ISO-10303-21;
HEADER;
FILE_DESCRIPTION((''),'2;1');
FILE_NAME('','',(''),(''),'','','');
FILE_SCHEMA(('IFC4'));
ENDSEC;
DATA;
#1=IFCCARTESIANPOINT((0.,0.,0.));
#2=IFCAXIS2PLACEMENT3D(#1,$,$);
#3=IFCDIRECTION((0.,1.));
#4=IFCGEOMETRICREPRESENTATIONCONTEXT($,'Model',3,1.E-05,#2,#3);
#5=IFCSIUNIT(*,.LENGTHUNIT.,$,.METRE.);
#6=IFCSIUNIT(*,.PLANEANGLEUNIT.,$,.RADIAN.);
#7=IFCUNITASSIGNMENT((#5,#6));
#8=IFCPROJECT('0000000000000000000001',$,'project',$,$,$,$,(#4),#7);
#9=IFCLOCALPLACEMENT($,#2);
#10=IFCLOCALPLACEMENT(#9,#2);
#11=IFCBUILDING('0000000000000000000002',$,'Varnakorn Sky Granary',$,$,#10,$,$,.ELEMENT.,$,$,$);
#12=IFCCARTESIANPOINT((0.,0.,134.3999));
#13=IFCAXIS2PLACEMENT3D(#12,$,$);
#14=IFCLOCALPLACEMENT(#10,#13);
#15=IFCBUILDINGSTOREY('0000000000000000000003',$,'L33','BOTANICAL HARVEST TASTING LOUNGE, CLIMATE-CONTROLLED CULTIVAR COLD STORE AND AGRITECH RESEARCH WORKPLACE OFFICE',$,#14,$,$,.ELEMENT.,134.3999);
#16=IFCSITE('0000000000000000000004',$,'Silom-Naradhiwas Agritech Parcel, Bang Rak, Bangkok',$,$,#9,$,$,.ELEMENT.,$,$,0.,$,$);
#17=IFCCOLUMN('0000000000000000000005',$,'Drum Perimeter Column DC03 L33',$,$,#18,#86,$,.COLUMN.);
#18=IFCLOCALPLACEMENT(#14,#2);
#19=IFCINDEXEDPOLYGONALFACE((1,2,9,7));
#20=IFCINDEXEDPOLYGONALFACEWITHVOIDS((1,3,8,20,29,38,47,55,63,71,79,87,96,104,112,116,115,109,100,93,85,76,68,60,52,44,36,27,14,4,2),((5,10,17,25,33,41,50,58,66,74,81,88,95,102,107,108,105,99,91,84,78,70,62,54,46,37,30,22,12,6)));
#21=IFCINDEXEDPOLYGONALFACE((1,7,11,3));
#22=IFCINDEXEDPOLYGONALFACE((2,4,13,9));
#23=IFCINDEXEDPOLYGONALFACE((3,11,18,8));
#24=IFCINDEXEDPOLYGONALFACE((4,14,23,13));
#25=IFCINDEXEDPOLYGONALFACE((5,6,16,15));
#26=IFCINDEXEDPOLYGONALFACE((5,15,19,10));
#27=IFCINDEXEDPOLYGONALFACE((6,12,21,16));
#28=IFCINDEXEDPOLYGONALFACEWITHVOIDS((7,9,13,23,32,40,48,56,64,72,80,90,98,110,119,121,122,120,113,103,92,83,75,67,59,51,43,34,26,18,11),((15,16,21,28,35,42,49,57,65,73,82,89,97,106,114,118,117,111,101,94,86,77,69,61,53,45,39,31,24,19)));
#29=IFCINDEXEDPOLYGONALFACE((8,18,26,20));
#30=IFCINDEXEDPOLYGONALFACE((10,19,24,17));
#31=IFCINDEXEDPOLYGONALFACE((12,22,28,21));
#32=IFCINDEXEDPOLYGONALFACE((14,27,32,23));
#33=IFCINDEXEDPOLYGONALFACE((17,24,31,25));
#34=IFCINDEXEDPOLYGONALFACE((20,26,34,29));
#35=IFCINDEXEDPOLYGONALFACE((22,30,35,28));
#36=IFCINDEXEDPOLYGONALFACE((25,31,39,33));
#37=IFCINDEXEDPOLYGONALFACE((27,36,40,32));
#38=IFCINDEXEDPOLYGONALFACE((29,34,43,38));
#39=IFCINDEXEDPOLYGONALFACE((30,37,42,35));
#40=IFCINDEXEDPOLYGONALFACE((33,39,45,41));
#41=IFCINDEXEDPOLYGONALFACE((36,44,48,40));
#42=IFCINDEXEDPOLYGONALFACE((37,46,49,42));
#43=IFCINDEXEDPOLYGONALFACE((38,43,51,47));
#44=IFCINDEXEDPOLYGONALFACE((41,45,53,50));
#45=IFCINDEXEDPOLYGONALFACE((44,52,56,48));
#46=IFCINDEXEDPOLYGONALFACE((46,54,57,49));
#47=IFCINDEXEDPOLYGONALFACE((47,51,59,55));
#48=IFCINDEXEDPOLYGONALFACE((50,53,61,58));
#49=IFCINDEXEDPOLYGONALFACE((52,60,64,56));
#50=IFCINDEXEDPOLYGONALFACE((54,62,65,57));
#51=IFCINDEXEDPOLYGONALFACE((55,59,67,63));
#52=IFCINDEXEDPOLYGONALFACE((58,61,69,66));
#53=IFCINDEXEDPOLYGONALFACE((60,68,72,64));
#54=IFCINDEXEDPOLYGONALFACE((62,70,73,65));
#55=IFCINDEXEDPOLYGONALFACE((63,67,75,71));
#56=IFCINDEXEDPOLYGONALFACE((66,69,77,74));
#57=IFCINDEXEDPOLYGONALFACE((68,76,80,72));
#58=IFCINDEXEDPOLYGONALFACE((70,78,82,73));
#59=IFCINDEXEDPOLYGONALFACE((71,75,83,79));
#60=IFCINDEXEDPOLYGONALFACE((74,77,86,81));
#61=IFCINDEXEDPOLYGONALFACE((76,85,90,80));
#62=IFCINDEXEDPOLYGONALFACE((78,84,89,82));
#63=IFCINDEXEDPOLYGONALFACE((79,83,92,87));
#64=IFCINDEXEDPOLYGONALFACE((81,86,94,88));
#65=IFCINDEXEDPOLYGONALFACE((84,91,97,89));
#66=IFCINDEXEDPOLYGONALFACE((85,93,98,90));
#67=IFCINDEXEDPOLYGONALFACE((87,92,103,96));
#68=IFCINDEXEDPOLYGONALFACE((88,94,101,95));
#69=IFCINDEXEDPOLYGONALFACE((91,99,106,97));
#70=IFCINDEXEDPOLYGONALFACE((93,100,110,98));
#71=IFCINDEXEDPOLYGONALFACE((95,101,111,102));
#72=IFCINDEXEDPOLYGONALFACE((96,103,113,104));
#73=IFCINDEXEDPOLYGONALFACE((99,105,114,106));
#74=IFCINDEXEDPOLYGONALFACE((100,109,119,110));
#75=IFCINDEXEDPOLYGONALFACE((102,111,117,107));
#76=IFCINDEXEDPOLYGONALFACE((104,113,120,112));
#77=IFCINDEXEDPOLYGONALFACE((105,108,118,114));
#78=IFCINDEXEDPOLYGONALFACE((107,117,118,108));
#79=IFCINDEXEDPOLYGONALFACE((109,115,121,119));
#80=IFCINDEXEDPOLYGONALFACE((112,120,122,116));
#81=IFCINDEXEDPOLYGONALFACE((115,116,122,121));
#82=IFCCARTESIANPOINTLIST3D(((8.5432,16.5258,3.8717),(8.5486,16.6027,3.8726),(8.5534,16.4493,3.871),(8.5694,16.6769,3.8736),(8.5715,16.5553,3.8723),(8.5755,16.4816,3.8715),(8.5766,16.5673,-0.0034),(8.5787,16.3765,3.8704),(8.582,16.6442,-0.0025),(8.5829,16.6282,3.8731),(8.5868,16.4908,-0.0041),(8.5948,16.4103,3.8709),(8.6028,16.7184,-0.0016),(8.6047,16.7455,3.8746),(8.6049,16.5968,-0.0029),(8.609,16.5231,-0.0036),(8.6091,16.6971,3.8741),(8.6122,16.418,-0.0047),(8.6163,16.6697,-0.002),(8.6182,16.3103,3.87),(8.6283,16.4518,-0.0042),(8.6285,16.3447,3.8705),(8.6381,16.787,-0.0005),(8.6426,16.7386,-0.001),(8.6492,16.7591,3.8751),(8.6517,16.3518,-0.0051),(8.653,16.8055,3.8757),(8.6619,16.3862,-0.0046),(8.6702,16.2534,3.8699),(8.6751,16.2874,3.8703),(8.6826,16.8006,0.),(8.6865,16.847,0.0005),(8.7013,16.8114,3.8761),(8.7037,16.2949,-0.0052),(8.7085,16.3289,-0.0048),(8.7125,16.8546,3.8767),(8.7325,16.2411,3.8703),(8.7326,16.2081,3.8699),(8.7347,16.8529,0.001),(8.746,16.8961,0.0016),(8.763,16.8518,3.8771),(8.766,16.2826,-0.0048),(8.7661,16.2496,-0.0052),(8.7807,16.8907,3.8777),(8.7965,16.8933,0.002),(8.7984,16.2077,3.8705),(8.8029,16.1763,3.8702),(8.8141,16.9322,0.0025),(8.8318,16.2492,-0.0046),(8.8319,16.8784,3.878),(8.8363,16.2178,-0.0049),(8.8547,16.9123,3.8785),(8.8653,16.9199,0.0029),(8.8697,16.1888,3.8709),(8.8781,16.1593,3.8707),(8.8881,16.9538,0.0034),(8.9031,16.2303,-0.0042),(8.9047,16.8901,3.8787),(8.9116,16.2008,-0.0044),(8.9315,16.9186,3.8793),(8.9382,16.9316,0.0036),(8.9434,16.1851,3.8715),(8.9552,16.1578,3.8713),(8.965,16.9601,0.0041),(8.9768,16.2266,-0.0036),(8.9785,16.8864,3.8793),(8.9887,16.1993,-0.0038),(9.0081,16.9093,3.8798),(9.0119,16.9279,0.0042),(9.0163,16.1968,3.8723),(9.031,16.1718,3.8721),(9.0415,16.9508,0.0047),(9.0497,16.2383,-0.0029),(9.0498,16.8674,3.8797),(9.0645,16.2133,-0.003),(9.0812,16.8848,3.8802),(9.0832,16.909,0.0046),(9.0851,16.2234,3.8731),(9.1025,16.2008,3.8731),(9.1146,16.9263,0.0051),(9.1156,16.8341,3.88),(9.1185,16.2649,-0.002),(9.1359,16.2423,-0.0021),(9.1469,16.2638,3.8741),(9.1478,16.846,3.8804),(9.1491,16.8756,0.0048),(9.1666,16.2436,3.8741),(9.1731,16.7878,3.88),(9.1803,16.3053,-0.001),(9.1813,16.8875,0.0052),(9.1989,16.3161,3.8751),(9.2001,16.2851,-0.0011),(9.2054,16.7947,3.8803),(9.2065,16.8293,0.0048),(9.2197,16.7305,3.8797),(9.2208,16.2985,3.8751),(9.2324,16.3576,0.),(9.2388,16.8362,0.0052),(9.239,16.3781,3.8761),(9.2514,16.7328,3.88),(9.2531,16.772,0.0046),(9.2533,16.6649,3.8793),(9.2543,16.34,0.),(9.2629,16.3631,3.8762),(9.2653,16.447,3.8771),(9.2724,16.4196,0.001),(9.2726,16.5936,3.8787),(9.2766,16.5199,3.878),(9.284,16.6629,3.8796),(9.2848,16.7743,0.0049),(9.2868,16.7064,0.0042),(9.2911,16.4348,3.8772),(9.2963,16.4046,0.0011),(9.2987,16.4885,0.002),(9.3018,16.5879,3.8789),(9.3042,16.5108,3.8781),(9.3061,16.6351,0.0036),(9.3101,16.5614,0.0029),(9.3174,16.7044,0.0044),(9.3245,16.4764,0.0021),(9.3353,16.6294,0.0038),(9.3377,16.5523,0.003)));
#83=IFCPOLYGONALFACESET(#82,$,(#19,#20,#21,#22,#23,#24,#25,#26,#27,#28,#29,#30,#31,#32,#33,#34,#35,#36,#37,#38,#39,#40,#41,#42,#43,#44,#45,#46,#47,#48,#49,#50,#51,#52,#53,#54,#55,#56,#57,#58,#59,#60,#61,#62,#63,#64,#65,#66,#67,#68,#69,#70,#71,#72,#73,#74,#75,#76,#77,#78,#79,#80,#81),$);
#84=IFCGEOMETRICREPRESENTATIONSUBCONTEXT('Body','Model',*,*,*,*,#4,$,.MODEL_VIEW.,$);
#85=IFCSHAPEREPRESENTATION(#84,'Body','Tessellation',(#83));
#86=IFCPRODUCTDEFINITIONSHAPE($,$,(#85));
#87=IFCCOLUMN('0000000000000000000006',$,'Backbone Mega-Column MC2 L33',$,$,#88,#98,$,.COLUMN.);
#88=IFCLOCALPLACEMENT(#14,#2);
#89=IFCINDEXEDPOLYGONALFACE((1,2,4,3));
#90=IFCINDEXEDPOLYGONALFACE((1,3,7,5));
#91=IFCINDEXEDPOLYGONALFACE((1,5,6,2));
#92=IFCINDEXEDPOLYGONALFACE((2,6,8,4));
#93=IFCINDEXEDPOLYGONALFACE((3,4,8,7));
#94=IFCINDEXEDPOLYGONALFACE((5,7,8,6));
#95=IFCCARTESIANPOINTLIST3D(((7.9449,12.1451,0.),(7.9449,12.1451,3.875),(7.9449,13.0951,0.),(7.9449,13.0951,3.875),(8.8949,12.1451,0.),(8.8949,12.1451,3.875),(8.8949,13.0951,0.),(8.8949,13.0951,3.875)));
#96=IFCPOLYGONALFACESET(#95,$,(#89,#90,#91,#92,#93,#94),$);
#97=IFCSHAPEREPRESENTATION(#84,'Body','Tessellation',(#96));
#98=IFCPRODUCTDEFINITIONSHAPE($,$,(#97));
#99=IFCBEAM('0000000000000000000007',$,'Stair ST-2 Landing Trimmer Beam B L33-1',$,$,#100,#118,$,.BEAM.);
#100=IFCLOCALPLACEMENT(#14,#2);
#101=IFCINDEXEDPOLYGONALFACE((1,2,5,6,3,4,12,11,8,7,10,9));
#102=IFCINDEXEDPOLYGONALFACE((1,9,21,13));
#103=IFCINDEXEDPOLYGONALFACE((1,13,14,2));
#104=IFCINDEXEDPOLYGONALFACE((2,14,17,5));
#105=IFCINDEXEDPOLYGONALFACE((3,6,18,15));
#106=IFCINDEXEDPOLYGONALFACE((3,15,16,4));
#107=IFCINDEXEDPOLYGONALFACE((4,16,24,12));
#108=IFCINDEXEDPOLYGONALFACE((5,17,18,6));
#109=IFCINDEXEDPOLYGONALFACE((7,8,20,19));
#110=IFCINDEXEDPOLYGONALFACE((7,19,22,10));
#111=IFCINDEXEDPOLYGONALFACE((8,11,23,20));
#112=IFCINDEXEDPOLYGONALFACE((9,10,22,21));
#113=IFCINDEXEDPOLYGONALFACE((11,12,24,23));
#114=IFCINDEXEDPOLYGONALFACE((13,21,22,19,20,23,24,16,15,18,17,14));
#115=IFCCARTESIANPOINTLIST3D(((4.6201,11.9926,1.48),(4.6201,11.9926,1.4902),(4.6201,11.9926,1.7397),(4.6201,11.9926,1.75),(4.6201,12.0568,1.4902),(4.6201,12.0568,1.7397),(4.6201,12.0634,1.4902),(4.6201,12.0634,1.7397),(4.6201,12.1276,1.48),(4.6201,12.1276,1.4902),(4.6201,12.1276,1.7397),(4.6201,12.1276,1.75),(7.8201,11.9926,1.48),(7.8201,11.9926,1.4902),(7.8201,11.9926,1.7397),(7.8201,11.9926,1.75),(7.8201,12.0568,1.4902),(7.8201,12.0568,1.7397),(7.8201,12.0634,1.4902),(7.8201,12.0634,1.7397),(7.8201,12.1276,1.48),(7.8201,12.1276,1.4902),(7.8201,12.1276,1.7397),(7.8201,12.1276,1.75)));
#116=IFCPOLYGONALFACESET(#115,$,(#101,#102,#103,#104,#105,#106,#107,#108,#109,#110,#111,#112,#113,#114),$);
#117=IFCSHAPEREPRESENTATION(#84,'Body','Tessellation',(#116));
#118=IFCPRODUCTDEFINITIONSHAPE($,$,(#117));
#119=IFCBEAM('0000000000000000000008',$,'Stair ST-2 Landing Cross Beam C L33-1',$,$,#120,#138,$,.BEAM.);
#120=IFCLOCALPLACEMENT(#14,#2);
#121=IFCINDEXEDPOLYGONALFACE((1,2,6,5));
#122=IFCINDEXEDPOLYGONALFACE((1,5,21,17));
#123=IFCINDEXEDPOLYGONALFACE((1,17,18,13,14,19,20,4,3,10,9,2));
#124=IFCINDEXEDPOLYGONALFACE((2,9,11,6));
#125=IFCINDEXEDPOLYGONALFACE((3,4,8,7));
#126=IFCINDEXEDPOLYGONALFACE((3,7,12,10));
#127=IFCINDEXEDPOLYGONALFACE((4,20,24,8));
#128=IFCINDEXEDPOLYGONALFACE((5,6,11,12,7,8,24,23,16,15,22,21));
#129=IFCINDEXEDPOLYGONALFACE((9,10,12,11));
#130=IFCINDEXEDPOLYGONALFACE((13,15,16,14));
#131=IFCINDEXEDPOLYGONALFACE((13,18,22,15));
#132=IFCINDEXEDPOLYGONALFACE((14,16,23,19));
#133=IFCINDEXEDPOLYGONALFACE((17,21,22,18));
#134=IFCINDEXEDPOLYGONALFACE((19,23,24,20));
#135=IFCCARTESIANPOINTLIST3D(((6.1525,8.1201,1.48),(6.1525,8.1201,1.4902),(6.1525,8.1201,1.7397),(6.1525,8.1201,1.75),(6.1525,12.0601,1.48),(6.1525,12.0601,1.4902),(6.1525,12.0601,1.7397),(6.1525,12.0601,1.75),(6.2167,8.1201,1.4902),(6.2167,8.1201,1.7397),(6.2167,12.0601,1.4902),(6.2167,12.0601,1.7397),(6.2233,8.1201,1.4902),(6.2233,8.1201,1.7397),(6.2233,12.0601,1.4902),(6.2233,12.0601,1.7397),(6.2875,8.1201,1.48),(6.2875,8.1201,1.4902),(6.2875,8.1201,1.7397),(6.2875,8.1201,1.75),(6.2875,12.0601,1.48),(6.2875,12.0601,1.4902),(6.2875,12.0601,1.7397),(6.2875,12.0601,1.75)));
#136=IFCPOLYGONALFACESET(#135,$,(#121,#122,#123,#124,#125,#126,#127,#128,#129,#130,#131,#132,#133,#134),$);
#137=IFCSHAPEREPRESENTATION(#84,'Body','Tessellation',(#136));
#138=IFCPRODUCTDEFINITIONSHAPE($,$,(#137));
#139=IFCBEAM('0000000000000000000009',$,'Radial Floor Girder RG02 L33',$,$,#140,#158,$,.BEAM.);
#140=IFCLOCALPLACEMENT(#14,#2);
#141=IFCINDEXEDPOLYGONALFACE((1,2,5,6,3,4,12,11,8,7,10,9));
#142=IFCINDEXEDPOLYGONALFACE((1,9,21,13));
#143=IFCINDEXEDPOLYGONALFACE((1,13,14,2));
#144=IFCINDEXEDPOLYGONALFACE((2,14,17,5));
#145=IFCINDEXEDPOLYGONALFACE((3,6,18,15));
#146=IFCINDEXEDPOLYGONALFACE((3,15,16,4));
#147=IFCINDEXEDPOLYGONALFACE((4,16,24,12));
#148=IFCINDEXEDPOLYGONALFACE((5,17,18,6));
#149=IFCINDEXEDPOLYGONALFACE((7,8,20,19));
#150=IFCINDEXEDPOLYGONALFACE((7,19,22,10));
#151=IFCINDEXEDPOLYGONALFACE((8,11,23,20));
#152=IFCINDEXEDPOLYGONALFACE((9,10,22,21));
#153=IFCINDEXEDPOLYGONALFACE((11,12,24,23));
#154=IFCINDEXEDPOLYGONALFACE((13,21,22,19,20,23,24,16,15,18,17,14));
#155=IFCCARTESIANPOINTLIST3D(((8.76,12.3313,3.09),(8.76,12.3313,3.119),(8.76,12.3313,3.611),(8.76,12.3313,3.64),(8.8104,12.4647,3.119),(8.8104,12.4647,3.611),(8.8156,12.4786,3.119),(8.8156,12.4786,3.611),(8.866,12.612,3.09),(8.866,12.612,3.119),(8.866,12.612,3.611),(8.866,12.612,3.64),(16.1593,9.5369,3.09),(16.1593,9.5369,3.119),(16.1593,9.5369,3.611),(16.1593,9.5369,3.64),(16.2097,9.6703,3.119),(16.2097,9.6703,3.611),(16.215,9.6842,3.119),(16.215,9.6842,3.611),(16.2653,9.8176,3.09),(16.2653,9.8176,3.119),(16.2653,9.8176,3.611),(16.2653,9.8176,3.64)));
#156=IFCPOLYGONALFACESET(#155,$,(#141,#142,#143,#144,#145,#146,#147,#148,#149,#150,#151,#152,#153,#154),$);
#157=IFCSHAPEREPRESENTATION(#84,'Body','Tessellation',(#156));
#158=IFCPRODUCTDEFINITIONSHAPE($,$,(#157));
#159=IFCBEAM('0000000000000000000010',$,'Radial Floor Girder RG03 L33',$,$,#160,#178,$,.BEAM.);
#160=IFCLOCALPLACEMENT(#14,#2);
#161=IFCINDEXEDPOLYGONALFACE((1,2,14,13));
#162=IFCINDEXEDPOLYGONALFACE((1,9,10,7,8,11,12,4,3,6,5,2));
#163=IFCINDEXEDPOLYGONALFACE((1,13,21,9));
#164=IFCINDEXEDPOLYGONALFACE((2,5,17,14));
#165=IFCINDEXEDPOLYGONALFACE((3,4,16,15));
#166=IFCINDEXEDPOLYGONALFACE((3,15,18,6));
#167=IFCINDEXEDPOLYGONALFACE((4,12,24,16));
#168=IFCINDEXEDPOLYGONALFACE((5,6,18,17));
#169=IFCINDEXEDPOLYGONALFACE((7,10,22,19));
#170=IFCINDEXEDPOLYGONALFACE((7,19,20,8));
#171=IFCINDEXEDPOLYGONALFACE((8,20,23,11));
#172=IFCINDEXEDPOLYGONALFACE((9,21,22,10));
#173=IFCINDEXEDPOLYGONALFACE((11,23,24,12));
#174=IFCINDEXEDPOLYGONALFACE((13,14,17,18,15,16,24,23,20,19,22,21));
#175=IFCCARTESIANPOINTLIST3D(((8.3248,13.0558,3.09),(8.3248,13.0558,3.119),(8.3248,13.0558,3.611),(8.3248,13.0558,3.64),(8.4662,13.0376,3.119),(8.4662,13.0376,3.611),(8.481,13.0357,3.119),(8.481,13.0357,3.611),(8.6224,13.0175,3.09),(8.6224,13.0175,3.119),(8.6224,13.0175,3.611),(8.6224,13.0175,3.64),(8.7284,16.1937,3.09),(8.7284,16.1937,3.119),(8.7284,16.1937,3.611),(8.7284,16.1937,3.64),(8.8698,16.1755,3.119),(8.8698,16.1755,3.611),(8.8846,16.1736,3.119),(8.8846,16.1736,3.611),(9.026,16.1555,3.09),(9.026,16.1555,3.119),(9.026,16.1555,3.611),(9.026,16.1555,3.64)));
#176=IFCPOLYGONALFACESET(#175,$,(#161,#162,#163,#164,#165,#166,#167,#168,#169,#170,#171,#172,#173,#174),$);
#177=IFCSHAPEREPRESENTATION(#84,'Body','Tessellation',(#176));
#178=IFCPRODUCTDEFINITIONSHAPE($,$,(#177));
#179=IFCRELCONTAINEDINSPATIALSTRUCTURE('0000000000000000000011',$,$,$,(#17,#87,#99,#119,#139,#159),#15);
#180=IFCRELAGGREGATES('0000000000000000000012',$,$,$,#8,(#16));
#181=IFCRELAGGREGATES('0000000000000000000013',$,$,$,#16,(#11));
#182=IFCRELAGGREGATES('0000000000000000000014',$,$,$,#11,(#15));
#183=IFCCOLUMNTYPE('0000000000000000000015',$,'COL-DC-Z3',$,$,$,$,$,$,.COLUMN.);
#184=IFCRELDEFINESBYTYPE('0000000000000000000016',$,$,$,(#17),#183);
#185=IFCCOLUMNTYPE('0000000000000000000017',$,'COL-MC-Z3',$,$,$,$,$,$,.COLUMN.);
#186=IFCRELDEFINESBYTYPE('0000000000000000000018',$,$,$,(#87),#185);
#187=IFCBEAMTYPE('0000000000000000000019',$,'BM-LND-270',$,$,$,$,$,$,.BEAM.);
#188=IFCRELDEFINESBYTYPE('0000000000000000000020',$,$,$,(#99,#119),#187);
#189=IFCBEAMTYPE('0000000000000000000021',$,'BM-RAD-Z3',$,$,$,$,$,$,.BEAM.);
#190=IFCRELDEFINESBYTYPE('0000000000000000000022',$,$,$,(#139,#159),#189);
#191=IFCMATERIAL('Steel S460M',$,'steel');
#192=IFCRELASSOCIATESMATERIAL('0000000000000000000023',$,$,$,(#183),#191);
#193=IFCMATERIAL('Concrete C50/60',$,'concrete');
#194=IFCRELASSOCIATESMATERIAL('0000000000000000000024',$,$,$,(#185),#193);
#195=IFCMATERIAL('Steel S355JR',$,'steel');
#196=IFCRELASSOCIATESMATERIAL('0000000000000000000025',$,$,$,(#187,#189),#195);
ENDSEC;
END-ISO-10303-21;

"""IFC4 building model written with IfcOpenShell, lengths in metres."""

from ifc_helpers import new_model, si_unit, direction, frame, origin, origin_2d, place, context, subcontext, project, spatial, rectangle, hollow_circle, i_section, extrude, material, material_profile, profile_set, type_object, element, save


model = new_model("IFC4")

# Units and contexts
model_context = context("Model", 3, precision=1e-05, world=origin(), true_north=direction((0.0, 1.0)))
body_context = subcontext(model_context, "Body", "Model", "MODEL_VIEW")
ifc_project = project(units=[si_unit("LENGTHUNIT", "METRE"), si_unit("PLANEANGLEUNIT", "RADIAN")], contexts=[model_context])

# Site, building, storey
site_placement = place(None, origin())
site = spatial("IfcSite", under=ifc_project, at=site_placement, Name="Silom-Naradhiwas Agritech Parcel, Bang Rak, Bangkok", CompositionType="ELEMENT", RefElevation=0.0)
building_placement = place(site_placement, origin())
building = spatial("IfcBuilding", under=site, at=building_placement, Name="Varnakorn Sky Granary", CompositionType="ELEMENT")
storey_placement = place(building_placement, frame((0.0, 0.0, 134.3999)))
storey = spatial("IfcBuildingStorey", under=building, at=storey_placement, Name="L33", Description="BOTANICAL HARVEST TASTING LOUNGE, CLIMATE-CONTROLLED CULTIVAR COLD STORE AND AGRITECH RESEARCH WORKPLACE OFFICE", CompositionType="ELEMENT", Elevation=134.3999)

# Columns
ifc_material_1 = material(Name="Steel S460M", Category="steel")
ifc_material_profile_1 = material_profile(ifc_material_1, hollow_circle(Radius=0.3811, WallThickness=0.0281, at=origin_2d()), Name="CHS 762x28")
ifc_profile_set_1 = profile_set([ifc_material_profile_1], Name="Steel S460M")
column_type_1 = type_object("IfcColumnType", Name="COL-DC-Z3", PredefinedType="COLUMN", material=ifc_profile_set_1)
column_1_placement = place(storey_placement, frame((8.9575, 16.5791, 0.0), z_axis=(-0.008631, -0.01071, 0.999905), x_axis=(0.77863, -0.627484, 0.0)))
element("IfcColumn", 1, at=column_1_placement, inside=storey, type_object=column_type_1, Name="Drum Perimeter Column DC03 L33", PredefinedType="COLUMN", context=body_context, shape_type="SweptSolid", body=[
    extrude(hollow_circle(Radius=0.3811, WallThickness=0.0281, at=origin_2d()), origin(), (0.0, 0.0, 1.0), 3.8755),
])
ifc_material_2 = material(Name="Concrete C50/60", Category="concrete")
ifc_material_profile_2 = material_profile(ifc_material_2, rectangle(XDim=0.95, YDim=0.95, at=origin_2d()), Name="RC 950x950")
ifc_profile_set_2 = profile_set([ifc_material_profile_2], Name="Concrete C50/60")
column_type_2 = type_object("IfcColumnType", Name="COL-MC-Z3", PredefinedType="COLUMN", material=ifc_profile_set_2)
column_2_placement = place(storey_placement, frame((8.4199, 12.6201, 0.0), z_axis=(0.0, 0.0, 1.0), x_axis=(1.0, 0.0, 0.0)))
element("IfcColumn", 2, at=column_2_placement, inside=storey, type_object=column_type_2, Name="Backbone Mega-Column MC2 L33", PredefinedType="COLUMN", context=body_context, shape_type="SweptSolid", body=[
    extrude(rectangle(XDim=0.95, YDim=0.95, at=origin_2d()), origin(), (0.0, 0.0, 1.0), 3.875),
])

# Beams
ifc_material_3 = material(Name="Steel S355JR", Category="steel")
ifc_material_profile_3 = material_profile(ifc_material_3, i_section(OverallWidth=0.135, OverallDepth=0.27, WebThickness=0.0066, FlangeThickness=0.0103, at=origin_2d()), Name="IPE 270")
ifc_profile_set_3 = profile_set([ifc_material_profile_3], Name="Steel S355JR")
beam_type_1 = type_object("IfcBeamType", Name="BM-LND-270", PredefinedType="BEAM", material=ifc_profile_set_3)
beam_1_placement = place(storey_placement, frame((4.6201, 12.0601, 1.615), z_axis=(1.0, 0.0, 0.0), x_axis=(0.0, 1.0, 0.0)))
element("IfcBeam", 3, at=beam_1_placement, inside=storey, type_object=beam_type_1, Name="Stair ST-2 Landing Trimmer Beam B L33-1", PredefinedType="BEAM", context=body_context, shape_type="SweptSolid", body=[
    extrude(i_section(OverallWidth=0.135, OverallDepth=0.27, WebThickness=0.0066, FlangeThickness=0.0103, at=origin_2d()), origin(), (0.0, 0.0, 1.0), 3.2),
])
beam_2_placement = place(storey_placement, frame((6.22, 8.1201, 1.615), z_axis=(0.0, 1.0, 0.0), x_axis=(-1.0, 0.0, 0.0)))
element("IfcBeam", 4, at=beam_2_placement, inside=storey, type_object=beam_type_1, Name="Stair ST-2 Landing Cross Beam C L33-1", PredefinedType="BEAM", context=body_context, shape_type="SweptSolid", body=[
    extrude(i_section(OverallWidth=0.135, OverallDepth=0.27, WebThickness=0.0066, FlangeThickness=0.0103, at=origin_2d()), origin(), (0.0, 0.0, 1.0), 3.9399),
])
ifc_material_profile_4 = material_profile(ifc_material_3, i_section(OverallWidth=0.3, OverallDepth=0.55, WebThickness=0.0149, FlangeThickness=0.0291, at=origin_2d()), Name="HE 550 B")
ifc_profile_set_4 = profile_set([ifc_material_profile_4], Name="Steel S355JR")
beam_type_2 = type_object("IfcBeamType", Name="BM-RAD-Z3", PredefinedType="BEAM", material=ifc_profile_set_4)
beam_3_placement = place(storey_placement, frame((8.813, 12.4717, 3.365), z_axis=(0.93551, -0.353301, 0.0), x_axis=(0.353301, 0.93551, 0.0)))
element("IfcBeam", 5, at=beam_3_placement, inside=storey, type_object=beam_type_2, Name="Radial Floor Girder RG02 L33", PredefinedType="BEAM", context=body_context, shape_type="SweptSolid", body=[
    extrude(i_section(OverallWidth=0.3, OverallDepth=0.55, WebThickness=0.0149, FlangeThickness=0.0291, at=origin_2d()), origin(), (0.0, 0.0, 1.0), 7.9094),
])
beam_4_placement = place(storey_placement, frame((8.4736, 13.0366, 3.365), z_axis=(0.127558, 0.991831, 0.0), x_axis=(-0.991831, 0.127558, 0.0)))
element("IfcBeam", 6, at=beam_4_placement, inside=storey, type_object=beam_type_2, Name="Radial Floor Girder RG03 L33", PredefinedType="BEAM", context=body_context, shape_type="SweptSolid", body=[
    extrude(i_section(OverallWidth=0.3, OverallDepth=0.55, WebThickness=0.0149, FlangeThickness=0.0291, at=origin_2d()), origin(), (0.0, 0.0, 1.0), 3.1638),
])

save(model, "model.ifc")
